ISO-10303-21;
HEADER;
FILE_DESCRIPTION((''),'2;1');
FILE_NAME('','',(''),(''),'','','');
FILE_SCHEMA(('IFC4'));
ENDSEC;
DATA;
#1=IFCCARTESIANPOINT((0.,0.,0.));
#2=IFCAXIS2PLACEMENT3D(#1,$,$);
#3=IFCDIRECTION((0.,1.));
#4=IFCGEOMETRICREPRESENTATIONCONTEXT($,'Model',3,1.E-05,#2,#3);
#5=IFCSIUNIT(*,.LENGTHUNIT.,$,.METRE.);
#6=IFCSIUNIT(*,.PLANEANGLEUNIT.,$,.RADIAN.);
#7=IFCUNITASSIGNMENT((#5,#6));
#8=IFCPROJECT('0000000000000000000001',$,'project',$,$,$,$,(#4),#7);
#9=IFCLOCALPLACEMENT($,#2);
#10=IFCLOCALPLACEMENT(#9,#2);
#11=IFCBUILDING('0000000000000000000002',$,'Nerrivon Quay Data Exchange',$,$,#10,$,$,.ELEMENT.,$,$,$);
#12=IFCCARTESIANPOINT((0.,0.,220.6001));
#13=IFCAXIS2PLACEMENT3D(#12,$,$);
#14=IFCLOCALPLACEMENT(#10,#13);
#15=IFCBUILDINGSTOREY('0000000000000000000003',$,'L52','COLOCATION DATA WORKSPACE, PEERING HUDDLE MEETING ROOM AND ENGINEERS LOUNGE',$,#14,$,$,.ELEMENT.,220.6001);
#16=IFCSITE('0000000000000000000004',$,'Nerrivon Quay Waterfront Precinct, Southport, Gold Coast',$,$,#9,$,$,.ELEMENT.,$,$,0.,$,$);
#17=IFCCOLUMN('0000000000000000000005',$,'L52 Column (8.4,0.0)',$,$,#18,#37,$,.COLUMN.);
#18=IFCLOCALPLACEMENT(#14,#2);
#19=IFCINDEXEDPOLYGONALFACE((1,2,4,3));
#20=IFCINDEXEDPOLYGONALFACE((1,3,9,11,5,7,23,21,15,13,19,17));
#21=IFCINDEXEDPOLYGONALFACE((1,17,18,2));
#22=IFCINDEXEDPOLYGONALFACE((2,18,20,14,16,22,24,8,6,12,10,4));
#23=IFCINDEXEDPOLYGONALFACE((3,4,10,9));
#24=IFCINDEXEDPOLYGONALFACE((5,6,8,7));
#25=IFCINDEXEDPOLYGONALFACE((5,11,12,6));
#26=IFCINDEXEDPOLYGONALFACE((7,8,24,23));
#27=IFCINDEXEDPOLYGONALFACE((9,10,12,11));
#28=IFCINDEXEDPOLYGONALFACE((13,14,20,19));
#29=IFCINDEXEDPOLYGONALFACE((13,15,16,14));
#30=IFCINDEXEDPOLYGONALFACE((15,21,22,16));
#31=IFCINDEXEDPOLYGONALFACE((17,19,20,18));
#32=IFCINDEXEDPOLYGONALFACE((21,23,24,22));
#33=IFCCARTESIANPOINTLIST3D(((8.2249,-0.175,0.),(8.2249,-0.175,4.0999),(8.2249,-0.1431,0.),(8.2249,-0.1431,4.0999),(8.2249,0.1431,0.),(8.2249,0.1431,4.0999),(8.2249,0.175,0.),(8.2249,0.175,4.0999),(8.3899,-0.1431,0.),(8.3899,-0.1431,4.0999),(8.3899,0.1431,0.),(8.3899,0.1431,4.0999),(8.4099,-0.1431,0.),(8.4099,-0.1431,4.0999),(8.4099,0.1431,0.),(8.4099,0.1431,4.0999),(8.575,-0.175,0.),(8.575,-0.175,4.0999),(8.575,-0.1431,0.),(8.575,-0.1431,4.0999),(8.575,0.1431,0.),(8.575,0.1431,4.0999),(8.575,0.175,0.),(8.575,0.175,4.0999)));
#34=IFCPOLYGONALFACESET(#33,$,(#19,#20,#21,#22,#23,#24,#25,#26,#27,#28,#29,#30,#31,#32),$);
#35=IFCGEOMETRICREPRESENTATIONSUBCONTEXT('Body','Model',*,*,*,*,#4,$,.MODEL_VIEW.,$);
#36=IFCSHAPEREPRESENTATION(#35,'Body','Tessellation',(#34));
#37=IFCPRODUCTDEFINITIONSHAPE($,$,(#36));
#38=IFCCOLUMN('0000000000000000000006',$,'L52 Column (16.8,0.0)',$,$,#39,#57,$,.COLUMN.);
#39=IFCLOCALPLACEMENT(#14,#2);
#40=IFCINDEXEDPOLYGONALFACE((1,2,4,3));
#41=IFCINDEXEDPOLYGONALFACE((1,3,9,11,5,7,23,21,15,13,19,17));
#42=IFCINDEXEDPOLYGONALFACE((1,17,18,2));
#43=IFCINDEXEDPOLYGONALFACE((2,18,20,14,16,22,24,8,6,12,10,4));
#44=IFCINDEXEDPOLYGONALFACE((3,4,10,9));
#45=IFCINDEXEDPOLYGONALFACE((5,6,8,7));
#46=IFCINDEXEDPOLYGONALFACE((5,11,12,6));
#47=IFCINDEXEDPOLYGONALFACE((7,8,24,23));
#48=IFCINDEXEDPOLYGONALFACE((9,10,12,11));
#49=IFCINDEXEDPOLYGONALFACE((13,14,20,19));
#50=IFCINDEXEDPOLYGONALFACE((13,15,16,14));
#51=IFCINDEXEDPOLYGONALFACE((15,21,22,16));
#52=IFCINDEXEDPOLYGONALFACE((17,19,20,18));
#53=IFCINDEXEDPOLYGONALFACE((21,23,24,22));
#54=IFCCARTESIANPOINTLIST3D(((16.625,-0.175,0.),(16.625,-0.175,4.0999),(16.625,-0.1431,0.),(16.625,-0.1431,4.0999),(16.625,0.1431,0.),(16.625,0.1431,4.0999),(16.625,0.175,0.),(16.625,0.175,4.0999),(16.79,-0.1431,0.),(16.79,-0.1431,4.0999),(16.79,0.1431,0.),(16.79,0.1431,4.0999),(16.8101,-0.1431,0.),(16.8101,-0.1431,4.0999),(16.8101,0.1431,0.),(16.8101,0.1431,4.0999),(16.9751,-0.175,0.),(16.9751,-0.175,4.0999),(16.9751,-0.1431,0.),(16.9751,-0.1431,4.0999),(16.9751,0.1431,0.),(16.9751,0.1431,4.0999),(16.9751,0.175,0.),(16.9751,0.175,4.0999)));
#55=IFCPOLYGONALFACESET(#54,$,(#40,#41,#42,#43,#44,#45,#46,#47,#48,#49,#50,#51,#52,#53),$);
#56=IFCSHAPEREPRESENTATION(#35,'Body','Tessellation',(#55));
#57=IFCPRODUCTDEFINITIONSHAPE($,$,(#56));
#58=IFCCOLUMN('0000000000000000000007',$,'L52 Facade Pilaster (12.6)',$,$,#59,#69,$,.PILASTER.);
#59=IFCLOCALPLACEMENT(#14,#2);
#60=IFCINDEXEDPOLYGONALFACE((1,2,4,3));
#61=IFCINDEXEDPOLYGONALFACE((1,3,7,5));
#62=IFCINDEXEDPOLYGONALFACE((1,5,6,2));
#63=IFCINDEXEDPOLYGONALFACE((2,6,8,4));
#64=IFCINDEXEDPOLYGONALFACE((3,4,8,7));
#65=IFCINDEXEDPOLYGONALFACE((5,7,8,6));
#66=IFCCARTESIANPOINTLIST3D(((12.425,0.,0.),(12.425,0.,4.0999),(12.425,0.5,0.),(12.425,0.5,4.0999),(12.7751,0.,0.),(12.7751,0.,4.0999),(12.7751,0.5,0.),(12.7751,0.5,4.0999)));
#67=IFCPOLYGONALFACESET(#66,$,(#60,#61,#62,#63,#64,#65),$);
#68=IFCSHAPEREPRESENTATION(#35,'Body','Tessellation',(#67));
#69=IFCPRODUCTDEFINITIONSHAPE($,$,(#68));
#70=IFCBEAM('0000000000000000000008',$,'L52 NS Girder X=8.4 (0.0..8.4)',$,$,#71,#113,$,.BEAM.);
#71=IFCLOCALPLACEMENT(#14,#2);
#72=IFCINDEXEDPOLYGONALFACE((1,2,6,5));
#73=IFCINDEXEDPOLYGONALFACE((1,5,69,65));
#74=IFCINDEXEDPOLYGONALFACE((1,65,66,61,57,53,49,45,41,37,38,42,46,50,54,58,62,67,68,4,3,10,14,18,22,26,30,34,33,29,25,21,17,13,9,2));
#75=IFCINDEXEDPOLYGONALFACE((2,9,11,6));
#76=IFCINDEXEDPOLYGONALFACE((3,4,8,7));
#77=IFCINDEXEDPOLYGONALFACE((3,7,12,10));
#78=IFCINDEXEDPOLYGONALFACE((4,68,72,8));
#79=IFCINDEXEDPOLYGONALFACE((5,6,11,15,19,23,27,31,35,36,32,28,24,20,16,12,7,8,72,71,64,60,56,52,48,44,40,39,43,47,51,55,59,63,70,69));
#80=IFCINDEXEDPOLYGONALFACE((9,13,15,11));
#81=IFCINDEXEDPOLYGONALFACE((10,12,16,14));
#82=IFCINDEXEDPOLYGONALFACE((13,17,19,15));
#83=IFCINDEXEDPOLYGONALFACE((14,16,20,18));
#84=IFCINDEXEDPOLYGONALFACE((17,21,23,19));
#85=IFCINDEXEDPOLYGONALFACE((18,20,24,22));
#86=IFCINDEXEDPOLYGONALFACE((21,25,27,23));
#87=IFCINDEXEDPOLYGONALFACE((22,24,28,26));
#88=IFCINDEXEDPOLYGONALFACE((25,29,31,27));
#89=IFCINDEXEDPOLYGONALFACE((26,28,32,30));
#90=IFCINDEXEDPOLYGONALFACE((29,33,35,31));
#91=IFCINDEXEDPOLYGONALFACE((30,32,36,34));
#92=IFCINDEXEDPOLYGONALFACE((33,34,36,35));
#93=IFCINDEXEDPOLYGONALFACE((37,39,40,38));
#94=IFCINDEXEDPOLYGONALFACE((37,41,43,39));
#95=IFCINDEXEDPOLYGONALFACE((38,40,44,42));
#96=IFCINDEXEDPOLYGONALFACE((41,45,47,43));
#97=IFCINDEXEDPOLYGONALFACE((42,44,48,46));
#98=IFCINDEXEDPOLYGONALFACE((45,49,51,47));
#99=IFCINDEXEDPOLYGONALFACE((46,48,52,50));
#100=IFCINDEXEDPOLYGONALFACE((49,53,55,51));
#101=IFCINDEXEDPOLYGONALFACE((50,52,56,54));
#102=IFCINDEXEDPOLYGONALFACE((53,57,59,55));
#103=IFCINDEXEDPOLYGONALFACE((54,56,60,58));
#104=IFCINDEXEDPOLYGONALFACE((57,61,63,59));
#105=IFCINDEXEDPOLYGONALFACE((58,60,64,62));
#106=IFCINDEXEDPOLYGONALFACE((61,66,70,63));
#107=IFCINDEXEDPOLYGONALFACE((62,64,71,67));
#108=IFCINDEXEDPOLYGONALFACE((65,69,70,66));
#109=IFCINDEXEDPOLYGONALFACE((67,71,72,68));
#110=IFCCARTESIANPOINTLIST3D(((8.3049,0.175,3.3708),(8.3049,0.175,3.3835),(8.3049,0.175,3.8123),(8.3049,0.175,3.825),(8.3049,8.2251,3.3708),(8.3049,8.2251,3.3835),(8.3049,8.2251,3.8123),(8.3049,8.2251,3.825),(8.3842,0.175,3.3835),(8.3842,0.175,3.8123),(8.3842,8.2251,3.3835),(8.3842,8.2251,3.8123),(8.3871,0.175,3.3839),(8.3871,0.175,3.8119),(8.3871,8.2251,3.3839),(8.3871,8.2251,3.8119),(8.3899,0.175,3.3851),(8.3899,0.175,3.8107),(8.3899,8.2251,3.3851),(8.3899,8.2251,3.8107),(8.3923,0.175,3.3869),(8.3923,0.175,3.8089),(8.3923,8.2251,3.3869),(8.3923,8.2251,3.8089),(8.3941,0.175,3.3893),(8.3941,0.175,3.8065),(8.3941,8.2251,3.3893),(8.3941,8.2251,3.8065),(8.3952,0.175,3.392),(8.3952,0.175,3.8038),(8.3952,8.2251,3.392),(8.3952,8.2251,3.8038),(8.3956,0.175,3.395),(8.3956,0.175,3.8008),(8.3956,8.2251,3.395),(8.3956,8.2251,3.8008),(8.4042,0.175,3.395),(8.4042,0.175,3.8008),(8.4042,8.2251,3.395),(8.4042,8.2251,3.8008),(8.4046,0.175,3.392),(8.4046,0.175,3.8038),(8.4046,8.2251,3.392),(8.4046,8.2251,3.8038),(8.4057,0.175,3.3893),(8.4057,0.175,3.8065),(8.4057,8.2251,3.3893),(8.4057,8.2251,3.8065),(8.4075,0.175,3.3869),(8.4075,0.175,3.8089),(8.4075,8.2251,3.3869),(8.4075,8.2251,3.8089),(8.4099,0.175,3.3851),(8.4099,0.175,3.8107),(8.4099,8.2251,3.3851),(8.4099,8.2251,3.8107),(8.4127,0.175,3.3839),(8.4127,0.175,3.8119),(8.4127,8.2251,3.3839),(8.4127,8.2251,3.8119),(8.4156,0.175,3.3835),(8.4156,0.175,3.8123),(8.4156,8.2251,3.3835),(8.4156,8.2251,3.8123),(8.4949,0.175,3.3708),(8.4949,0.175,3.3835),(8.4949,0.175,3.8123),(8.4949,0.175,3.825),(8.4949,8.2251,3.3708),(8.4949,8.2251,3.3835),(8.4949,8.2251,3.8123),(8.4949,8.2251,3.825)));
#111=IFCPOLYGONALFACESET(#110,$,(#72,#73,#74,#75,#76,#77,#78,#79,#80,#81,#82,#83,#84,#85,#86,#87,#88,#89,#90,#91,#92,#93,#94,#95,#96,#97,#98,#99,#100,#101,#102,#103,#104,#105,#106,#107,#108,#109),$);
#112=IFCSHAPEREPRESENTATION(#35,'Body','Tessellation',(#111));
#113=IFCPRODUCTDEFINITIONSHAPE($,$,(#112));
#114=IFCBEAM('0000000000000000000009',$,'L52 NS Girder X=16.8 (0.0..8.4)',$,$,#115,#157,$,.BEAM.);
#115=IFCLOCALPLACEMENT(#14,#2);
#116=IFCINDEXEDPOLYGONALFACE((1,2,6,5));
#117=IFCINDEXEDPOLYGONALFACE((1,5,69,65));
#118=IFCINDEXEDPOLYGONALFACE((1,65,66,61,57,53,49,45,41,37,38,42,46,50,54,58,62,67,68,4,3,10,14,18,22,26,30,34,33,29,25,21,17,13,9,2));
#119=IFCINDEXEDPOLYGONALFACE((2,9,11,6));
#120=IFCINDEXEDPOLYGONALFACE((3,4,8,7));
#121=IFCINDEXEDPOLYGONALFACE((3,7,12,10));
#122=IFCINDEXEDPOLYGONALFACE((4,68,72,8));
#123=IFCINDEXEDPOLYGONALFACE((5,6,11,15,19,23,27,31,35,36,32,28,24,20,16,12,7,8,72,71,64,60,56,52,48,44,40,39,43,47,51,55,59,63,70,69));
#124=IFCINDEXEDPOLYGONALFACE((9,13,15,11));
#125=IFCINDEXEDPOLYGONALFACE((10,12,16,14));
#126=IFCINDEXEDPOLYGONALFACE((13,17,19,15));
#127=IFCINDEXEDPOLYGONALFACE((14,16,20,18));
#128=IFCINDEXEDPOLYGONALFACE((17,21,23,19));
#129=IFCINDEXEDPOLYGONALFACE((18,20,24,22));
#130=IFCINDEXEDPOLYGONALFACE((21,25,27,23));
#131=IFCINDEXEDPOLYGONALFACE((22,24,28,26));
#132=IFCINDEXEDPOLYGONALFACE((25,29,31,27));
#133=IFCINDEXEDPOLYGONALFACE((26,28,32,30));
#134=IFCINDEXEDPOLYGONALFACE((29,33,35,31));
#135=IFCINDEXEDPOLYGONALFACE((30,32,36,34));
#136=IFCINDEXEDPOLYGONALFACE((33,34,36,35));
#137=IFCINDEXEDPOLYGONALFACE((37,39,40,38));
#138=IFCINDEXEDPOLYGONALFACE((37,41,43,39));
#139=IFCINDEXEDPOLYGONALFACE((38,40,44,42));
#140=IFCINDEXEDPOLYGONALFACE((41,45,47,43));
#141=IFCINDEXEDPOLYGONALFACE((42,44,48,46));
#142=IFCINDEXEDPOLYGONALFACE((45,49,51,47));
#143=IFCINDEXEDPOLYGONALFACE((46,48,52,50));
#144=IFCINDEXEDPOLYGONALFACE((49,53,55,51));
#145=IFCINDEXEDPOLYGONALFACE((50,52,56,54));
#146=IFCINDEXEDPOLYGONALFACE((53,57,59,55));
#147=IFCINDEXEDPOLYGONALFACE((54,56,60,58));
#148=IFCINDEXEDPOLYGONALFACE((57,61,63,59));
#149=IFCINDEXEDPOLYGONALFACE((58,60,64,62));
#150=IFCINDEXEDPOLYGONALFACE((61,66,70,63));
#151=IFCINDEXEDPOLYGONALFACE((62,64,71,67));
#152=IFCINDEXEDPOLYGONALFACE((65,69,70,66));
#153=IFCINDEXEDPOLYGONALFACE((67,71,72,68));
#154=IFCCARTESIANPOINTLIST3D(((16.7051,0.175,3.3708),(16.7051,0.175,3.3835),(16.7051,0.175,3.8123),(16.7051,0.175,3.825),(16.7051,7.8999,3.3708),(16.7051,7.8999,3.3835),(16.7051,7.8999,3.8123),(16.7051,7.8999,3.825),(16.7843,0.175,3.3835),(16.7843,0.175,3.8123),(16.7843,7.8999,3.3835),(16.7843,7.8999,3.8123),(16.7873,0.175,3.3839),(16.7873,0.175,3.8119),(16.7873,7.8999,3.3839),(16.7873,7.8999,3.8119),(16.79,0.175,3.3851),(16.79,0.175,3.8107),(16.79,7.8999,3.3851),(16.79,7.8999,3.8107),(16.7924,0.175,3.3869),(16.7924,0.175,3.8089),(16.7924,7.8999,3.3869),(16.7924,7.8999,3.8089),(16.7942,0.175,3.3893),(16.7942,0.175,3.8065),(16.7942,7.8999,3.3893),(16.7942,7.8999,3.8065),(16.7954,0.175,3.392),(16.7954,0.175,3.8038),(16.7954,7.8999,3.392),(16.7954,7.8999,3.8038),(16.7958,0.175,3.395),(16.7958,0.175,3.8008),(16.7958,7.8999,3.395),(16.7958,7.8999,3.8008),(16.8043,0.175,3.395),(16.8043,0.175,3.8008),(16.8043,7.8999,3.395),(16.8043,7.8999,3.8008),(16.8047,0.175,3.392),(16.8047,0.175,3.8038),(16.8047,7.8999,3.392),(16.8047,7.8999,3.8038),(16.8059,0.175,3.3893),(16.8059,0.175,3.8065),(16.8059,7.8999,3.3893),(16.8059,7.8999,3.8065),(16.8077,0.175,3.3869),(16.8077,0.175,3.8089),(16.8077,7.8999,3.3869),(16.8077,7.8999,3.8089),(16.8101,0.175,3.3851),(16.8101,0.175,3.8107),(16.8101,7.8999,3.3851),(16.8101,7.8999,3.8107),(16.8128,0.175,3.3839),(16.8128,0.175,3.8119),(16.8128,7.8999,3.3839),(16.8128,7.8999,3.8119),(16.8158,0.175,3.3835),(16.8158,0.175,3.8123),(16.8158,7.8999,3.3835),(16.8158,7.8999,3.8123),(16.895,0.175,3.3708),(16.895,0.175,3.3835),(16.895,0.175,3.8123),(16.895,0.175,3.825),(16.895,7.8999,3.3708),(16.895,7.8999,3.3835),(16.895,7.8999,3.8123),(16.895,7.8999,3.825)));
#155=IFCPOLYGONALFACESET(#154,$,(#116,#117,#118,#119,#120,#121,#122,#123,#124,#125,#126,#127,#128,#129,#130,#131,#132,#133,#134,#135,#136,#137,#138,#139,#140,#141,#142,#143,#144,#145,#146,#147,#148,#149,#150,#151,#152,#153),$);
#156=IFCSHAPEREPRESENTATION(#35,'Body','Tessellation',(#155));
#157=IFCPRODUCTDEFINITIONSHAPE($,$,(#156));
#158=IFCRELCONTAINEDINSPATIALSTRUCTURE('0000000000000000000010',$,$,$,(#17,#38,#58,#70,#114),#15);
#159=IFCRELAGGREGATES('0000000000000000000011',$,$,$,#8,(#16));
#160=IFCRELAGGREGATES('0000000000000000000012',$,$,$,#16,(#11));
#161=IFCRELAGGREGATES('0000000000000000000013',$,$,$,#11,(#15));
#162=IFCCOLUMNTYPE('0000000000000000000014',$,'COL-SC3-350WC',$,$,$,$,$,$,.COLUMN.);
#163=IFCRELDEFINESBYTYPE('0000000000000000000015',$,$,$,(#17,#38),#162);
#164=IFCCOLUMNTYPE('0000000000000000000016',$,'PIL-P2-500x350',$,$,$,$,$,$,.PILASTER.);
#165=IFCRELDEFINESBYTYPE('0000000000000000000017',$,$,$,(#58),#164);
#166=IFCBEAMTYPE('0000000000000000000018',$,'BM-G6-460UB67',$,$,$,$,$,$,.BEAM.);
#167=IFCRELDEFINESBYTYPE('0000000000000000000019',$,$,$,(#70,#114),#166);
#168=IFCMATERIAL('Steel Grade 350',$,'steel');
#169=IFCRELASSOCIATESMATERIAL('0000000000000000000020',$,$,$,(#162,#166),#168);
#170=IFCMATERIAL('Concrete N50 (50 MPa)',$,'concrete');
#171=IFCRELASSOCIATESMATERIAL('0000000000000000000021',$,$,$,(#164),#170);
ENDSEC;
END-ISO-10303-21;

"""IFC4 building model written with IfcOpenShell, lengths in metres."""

from ifc_helpers import new_model, si_unit, direction, frame, origin, origin_2d, place, context, subcontext, project, spatial, rectangle, i_section, extrude, material, material_profile, profile_set, type_object, element, save


model = new_model("IFC4")

# Units and contexts
model_context = context("Model", 3, precision=1e-05, world=origin(), true_north=direction((0.0, 1.0)))
body_context = subcontext(model_context, "Body", "Model", "MODEL_VIEW")
ifc_project = project(units=[si_unit("LENGTHUNIT", "METRE"), si_unit("PLANEANGLEUNIT", "RADIAN")], contexts=[model_context])

# Site, building, storey
site_placement = place(None, origin())
site = spatial("IfcSite", under=ifc_project, at=site_placement, Name="Nerrivon Quay Waterfront Precinct, Southport, Gold Coast", CompositionType="ELEMENT", RefElevation=0.0)
building_placement = place(site_placement, origin())
building = spatial("IfcBuilding", under=site, at=building_placement, Name="Nerrivon Quay Data Exchange", CompositionType="ELEMENT")
storey_placement = place(building_placement, frame((0.0, 0.0, 220.6001)))
storey = spatial("IfcBuildingStorey", under=building, at=storey_placement, Name="L52", Description="COLOCATION DATA WORKSPACE, PEERING HUDDLE MEETING ROOM AND ENGINEERS LOUNGE", CompositionType="ELEMENT", Elevation=220.6001)

# Columns
ifc_material_1 = material(Name="Steel Grade 350", Category="steel")
ifc_material_profile_1 = material_profile(ifc_material_1, i_section(OverallWidth=0.3501, OverallDepth=0.3501, WebThickness=0.02, FlangeThickness=0.032, at=origin_2d()), Name="350WC230")
ifc_profile_set_1 = profile_set([ifc_material_profile_1], Name="Steel Grade 350")
column_type_1 = type_object("IfcColumnType", Name="COL-SC3-350WC", PredefinedType="COLUMN", material=ifc_profile_set_1)
for number, where, z_axis, x_axis, name in (
    (1, (8.3999, 0.0, 0.0), (0.0, 0.0, 1.0), (1.0, 0.0, 0.0), "L52 Column (8.4,0.0)"),
    (2, (16.8, 0.0, 0.0), (0.0, 0.0, 1.0), (1.0, 0.0, 0.0), "L52 Column (16.8,0.0)"),
):
    element("IfcColumn", number, at=place(storey_placement, frame(where, z_axis=z_axis, x_axis=x_axis)), inside=storey, type_object=column_type_1, Name=name, PredefinedType="COLUMN", context=body_context, shape_type="SweptSolid", body=[
        extrude(i_section(OverallWidth=0.3501, OverallDepth=0.3501, WebThickness=0.02, FlangeThickness=0.032, at=origin_2d()), origin(), (0.0, 0.0, 1.0), 4.0999),
    ])
ifc_material_2 = material(Name="Concrete N50 (50 MPa)", Category="concrete")
ifc_material_profile_2 = material_profile(ifc_material_2, rectangle(XDim=0.3501, YDim=0.5, at=origin_2d()), Name="RC-PIL-500x350")
ifc_profile_set_2 = profile_set([ifc_material_profile_2], Name="Concrete N50 (50 MPa)")
column_type_2 = type_object("IfcColumnType", Name="PIL-P2-500x350", PredefinedType="PILASTER", material=ifc_profile_set_2)
column_placement = place(storey_placement, frame((12.6001, 0.25, 0.0), z_axis=(0.0, 0.0, 1.0), x_axis=(1.0, 0.0, 0.0)))
element("IfcColumn", 3, at=column_placement, inside=storey, type_object=column_type_2, Name="L52 Facade Pilaster (12.6)", PredefinedType="PILASTER", context=body_context, shape_type="SweptSolid", body=[
    extrude(rectangle(XDim=0.3501, YDim=0.5, at=origin_2d()), origin(), (0.0, 0.0, 1.0), 4.0999),
])

# Beams
ifc_material_profile_3 = material_profile(ifc_material_1, i_section(OverallWidth=0.1899, OverallDepth=0.4541, WebThickness=0.0085, FlangeThickness=0.0127, FilletRadius=0.0115, at=origin_2d()), Name="460UB67.1")
ifc_profile_set_3 = profile_set([ifc_material_profile_3], Name="Steel Grade 350")
beam_type_1 = type_object("IfcBeamType", Name="BM-G6-460UB67", PredefinedType="BEAM", material=ifc_profile_set_3)
beam_1_placement = place(storey_placement, frame((8.3999, 0.175, 3.5979), z_axis=(0.0, 1.0, 0.0), x_axis=(-1.0, 0.0, 0.0)))
element("IfcBeam", 4, at=beam_1_placement, inside=storey, type_object=beam_type_1, Name="L52 NS Girder X=8.4 (0.0..8.4)", PredefinedType="BEAM", context=body_context, shape_type="SweptSolid", body=[
    extrude(i_section(OverallWidth=0.1899, OverallDepth=0.4541, WebThickness=0.0085, FlangeThickness=0.0127, FilletRadius=0.0115, at=origin_2d()), origin(), (0.0, 0.0, 1.0), 8.05),
])
beam_2_placement = place(storey_placement, frame((16.8, 0.175, 3.5979), z_axis=(0.0, 1.0, 0.0), x_axis=(-1.0, 0.0, 0.0)))
element("IfcBeam", 5, at=beam_2_placement, inside=storey, type_object=beam_type_1, Name="L52 NS Girder X=16.8 (0.0..8.4)", PredefinedType="BEAM", context=body_context, shape_type="SweptSolid", body=[
    extrude(i_section(OverallWidth=0.1899, OverallDepth=0.4541, WebThickness=0.0085, FlangeThickness=0.0127, FilletRadius=0.0115, at=origin_2d()), origin(), (0.0, 0.0, 1.0), 7.7249),
])

save(model, "model.ifc")
